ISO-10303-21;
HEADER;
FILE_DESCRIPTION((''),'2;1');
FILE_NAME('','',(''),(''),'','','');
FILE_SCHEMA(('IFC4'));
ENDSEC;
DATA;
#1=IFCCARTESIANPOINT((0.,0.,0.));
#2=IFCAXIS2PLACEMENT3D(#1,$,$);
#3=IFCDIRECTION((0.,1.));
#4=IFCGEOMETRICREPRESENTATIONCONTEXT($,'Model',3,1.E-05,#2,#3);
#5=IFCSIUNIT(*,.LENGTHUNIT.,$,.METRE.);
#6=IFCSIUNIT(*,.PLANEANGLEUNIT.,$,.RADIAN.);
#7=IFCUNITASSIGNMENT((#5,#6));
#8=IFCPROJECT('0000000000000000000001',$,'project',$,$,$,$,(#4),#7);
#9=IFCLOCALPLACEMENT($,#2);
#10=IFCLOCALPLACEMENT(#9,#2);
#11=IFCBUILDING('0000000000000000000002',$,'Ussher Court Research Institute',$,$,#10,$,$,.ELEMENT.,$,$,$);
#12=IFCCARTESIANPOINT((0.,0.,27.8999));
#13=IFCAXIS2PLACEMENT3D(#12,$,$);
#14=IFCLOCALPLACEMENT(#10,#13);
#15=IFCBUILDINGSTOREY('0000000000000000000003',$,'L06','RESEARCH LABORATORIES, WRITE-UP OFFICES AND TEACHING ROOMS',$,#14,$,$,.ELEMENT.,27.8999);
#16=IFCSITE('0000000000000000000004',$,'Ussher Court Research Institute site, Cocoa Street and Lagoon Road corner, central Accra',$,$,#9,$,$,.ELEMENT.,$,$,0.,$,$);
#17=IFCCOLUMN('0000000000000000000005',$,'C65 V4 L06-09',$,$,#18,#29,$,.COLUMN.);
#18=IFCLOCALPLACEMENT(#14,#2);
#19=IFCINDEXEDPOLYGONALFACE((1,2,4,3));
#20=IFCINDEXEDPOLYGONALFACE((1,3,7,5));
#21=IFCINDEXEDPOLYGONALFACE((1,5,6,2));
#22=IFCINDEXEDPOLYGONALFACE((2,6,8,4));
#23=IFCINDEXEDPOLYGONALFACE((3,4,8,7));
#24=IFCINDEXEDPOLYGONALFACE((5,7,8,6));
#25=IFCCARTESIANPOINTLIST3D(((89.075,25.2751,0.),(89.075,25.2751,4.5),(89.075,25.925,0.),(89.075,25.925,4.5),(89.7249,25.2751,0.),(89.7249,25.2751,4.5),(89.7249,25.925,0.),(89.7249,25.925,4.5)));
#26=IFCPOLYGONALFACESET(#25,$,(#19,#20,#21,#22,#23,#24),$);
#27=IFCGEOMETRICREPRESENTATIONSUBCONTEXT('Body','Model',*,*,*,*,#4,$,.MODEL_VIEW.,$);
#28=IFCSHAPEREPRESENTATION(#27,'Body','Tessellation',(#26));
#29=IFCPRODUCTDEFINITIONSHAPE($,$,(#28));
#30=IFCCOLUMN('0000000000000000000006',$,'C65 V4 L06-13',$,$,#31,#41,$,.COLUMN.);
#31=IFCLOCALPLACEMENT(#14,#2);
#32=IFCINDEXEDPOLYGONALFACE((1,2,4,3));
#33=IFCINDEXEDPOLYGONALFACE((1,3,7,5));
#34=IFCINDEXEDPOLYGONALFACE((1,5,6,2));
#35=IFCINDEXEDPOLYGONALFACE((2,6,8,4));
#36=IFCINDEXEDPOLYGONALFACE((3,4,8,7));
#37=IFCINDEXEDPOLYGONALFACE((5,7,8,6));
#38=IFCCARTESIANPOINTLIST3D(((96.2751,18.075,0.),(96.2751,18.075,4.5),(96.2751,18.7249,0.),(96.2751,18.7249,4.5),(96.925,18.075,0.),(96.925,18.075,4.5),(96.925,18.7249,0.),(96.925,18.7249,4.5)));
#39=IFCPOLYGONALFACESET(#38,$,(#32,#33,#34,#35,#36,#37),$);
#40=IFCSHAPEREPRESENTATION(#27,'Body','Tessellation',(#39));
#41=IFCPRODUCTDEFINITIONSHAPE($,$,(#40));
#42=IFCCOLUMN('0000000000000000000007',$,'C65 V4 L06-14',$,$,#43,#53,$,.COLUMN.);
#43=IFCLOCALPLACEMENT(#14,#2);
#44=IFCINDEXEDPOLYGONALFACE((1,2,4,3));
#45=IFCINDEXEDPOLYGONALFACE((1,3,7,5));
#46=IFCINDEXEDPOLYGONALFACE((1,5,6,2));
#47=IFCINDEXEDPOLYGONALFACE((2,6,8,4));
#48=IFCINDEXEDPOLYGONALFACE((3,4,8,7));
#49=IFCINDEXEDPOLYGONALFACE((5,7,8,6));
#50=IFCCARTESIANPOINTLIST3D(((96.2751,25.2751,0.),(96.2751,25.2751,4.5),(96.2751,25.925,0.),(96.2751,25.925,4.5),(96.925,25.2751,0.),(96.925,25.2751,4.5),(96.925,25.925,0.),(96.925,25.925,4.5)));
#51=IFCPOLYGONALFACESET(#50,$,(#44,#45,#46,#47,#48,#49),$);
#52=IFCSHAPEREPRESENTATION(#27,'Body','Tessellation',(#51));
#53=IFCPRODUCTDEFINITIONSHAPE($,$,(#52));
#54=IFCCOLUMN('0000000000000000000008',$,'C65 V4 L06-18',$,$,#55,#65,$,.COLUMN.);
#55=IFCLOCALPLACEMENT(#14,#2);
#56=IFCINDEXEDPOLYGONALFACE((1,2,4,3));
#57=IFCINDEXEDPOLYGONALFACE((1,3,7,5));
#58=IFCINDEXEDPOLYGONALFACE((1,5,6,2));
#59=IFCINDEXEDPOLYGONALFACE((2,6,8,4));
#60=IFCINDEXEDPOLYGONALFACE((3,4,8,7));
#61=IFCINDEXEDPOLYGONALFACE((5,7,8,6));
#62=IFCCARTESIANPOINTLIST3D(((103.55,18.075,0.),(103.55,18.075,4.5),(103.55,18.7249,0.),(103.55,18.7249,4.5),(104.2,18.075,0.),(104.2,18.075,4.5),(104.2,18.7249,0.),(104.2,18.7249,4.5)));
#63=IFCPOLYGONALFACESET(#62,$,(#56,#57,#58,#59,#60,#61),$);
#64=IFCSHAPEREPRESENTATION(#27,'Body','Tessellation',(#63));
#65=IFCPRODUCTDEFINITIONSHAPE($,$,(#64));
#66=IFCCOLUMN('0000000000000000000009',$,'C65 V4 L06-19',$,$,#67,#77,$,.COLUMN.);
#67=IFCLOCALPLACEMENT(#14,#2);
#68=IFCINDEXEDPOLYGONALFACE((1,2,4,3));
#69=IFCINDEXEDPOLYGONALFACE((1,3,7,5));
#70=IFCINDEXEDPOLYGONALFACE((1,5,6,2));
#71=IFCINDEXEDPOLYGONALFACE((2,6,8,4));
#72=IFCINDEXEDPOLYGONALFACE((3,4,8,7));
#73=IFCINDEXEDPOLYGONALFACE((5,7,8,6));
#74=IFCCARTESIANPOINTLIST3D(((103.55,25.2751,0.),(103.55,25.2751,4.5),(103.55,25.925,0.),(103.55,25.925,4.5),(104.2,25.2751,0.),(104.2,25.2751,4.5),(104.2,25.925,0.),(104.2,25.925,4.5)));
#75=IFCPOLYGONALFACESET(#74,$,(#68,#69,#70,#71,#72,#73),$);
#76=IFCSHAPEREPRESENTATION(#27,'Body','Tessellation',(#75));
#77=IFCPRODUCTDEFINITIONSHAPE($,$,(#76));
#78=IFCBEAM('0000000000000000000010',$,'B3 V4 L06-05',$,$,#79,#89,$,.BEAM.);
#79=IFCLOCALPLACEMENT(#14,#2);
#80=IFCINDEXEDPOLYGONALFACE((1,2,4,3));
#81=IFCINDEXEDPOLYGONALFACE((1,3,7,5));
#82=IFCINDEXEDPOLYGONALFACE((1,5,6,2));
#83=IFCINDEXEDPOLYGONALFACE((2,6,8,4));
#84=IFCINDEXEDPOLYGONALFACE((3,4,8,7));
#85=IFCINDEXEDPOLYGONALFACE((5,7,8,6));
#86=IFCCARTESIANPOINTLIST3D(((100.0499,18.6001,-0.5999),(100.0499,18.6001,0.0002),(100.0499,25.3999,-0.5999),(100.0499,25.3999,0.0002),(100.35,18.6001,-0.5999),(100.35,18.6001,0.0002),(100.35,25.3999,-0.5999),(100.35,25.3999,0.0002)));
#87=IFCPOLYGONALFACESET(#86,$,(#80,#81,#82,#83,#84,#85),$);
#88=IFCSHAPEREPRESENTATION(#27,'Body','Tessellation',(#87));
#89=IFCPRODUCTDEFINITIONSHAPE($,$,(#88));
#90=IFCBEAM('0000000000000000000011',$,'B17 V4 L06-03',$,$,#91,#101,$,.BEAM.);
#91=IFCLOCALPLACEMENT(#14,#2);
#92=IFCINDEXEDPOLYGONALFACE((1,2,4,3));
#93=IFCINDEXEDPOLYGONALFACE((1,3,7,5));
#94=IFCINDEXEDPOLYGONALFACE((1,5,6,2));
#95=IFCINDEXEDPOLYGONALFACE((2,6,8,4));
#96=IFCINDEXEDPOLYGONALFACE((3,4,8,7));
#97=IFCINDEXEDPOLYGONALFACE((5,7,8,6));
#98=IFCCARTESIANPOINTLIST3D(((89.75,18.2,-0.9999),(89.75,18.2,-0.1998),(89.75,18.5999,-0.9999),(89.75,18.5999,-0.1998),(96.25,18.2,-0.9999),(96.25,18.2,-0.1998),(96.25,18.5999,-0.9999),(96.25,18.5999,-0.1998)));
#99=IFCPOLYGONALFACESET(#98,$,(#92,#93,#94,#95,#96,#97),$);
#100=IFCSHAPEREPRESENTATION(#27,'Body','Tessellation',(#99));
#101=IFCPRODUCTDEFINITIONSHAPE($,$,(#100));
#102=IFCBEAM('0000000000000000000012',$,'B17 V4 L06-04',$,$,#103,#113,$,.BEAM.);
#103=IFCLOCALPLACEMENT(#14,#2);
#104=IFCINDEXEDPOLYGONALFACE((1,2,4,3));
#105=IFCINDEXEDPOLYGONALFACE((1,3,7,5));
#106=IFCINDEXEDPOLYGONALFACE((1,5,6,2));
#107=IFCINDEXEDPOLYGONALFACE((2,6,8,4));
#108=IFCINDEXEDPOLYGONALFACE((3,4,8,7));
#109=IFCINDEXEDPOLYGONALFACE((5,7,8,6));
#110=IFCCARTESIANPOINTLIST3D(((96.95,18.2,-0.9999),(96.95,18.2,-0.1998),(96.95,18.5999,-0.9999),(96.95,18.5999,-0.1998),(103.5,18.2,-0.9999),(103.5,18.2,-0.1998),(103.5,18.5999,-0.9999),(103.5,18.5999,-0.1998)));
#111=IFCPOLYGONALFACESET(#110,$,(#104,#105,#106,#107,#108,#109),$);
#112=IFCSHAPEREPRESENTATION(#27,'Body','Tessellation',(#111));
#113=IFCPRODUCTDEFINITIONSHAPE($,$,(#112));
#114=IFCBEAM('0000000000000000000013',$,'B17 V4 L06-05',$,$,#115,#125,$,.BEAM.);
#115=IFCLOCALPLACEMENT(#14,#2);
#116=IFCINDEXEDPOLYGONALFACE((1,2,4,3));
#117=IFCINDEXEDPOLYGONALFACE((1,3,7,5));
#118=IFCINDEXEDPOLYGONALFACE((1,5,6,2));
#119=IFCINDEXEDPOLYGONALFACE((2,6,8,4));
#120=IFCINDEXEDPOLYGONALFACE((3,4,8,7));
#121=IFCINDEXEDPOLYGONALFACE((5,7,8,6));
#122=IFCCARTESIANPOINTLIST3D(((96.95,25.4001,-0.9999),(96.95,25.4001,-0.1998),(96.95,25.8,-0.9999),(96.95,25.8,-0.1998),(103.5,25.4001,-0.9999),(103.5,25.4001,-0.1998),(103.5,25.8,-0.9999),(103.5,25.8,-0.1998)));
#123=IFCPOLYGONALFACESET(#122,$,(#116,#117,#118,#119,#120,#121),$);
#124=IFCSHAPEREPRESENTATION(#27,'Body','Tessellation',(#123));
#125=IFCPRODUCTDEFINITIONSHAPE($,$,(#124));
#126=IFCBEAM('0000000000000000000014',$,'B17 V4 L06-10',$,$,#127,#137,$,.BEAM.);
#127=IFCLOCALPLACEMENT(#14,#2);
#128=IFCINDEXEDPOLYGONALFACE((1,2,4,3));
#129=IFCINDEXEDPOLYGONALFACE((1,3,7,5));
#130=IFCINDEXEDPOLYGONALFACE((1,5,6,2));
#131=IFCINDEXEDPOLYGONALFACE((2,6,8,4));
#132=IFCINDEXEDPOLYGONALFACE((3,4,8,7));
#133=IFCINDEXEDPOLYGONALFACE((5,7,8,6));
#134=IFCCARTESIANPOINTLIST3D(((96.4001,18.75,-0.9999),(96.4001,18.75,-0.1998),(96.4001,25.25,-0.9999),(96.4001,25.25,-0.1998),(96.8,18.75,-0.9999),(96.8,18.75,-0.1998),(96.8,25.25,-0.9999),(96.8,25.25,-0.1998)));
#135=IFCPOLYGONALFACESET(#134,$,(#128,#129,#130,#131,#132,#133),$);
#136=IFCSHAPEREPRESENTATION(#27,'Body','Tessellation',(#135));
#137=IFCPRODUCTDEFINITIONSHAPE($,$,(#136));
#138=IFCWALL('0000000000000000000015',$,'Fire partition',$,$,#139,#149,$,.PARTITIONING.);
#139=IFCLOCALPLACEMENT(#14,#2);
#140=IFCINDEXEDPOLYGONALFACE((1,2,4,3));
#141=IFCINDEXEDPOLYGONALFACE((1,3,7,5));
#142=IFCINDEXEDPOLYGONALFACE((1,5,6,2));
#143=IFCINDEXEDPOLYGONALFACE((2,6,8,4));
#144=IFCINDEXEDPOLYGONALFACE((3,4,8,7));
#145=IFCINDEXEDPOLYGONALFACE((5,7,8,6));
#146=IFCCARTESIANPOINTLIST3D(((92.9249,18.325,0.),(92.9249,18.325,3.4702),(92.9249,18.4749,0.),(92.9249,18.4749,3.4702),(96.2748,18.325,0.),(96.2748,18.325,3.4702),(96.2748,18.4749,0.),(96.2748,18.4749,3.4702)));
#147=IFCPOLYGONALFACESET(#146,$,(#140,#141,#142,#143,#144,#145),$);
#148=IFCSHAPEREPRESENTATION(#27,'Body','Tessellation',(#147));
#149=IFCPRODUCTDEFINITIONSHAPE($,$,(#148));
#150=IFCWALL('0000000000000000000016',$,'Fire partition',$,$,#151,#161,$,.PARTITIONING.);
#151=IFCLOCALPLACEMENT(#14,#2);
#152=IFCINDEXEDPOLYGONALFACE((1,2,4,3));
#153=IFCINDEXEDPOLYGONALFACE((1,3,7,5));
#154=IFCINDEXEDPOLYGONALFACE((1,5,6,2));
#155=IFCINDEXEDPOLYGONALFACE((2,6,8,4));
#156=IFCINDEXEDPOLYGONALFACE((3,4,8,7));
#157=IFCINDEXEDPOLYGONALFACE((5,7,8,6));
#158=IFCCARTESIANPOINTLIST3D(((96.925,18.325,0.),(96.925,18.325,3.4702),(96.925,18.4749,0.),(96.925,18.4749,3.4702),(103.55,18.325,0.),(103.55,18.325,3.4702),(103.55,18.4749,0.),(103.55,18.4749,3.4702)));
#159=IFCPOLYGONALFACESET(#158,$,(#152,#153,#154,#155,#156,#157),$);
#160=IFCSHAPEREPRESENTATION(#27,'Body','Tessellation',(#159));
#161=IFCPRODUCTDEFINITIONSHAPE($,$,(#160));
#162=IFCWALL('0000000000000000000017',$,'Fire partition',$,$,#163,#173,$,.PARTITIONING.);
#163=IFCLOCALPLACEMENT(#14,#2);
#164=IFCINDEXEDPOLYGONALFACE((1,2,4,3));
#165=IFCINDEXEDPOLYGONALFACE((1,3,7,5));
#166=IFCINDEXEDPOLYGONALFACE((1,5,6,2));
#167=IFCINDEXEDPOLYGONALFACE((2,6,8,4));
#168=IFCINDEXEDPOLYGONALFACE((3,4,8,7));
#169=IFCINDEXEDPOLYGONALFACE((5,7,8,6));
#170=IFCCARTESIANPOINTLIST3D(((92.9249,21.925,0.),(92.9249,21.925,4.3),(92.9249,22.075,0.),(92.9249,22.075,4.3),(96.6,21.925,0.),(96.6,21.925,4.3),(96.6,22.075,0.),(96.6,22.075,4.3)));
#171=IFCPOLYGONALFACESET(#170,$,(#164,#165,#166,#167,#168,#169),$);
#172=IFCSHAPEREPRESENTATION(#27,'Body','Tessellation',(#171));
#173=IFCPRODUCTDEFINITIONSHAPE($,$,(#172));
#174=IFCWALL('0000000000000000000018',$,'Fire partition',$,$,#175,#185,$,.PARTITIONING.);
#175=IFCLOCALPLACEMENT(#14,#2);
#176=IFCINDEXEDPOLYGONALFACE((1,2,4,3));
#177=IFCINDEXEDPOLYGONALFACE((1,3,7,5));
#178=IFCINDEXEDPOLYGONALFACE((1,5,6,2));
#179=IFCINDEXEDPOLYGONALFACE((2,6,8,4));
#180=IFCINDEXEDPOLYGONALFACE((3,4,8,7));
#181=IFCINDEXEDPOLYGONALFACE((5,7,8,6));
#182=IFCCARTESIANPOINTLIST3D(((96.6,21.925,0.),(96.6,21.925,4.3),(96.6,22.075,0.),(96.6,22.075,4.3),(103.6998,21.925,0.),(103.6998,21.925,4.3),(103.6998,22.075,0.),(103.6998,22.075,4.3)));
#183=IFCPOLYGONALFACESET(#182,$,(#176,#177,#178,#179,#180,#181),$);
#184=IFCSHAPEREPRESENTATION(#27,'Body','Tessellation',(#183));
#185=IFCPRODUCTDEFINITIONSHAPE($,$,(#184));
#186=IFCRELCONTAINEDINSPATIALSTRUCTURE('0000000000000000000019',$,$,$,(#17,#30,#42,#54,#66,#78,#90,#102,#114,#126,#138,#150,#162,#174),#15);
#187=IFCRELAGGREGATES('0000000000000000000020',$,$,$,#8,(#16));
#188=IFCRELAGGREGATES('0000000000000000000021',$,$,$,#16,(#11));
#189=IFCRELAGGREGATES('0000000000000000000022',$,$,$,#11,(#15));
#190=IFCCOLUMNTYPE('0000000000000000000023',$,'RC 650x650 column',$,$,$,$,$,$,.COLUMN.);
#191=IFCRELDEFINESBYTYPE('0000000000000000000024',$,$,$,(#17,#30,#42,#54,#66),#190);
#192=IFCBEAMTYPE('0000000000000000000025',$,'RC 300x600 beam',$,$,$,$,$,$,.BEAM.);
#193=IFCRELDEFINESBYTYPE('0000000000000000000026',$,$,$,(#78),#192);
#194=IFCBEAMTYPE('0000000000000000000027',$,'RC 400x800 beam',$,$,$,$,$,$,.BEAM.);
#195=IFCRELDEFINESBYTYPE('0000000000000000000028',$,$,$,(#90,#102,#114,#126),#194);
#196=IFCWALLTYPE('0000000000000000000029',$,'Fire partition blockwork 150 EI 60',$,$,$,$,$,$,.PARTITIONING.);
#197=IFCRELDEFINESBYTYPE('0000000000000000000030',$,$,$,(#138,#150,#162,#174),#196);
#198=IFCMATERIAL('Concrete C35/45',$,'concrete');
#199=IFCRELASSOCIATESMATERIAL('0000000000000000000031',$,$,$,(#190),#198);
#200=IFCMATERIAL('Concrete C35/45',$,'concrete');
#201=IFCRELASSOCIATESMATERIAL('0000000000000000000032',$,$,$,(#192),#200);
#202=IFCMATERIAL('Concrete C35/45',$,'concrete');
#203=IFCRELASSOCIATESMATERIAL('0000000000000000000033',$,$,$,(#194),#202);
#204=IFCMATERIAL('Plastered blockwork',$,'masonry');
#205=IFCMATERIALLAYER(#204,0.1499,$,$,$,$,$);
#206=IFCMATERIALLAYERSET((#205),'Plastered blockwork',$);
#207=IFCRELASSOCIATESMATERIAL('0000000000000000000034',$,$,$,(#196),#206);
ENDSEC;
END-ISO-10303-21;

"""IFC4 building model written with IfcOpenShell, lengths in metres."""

from ifc_helpers import new_model, si_unit, direction, frame, frame_2d, origin, origin_2d, place, context, subcontext, project, spatial, rectangle, extrude, material, layer, layer_set, material_profile, profile_set, type_object, element, save


model = new_model("IFC4")

# Units and contexts
model_context = context("Model", 3, precision=1e-05, world=origin(), true_north=direction((0.0, 1.0)))
body_context = subcontext(model_context, "Body", "Model", "MODEL_VIEW")
ifc_project = project(units=[si_unit("LENGTHUNIT", "METRE"), si_unit("PLANEANGLEUNIT", "RADIAN")], contexts=[model_context])

# Site, building, storey
site_placement = place(None, origin())
site = spatial("IfcSite", under=ifc_project, at=site_placement, Name="Ussher Court Research Institute site, Cocoa Street and Lagoon Road corner, central Accra", CompositionType="ELEMENT", RefElevation=0.0)
building_placement = place(site_placement, origin())
building = spatial("IfcBuilding", under=site, at=building_placement, Name="Ussher Court Research Institute", CompositionType="ELEMENT")
storey_placement = place(building_placement, frame((0.0, 0.0, 27.8999)))
storey = spatial("IfcBuildingStorey", under=building, at=storey_placement, Name="L06", Description="RESEARCH LABORATORIES, WRITE-UP OFFICES AND TEACHING ROOMS", CompositionType="ELEMENT", Elevation=27.8999)

# Columns
ifc_material_1 = material(Name="Concrete C35/45", Category="concrete")
ifc_material_profile_1 = material_profile(ifc_material_1, rectangle(XDim=0.6499, YDim=0.6499, at=origin_2d()), Name="RC 650x650")
ifc_profile_set_1 = profile_set([ifc_material_profile_1], Name="Concrete C35/45")
column_type = type_object("IfcColumnType", Name="RC 650x650 column", PredefinedType="COLUMN", material=ifc_profile_set_1)
for number, where, z_axis, x_axis, name in (
    (1, (89.3999, 25.6001, 0.0), (0.0, 0.0, 1.0), (1.0, 0.0, 0.0), "C65 V4 L06-09"),
    (2, (96.6001, 18.3999, 0.0), (0.0, 0.0, 1.0), (1.0, 0.0, 0.0), "C65 V4 L06-13"),
    (3, (96.6001, 25.6001, 0.0), (0.0, 0.0, 1.0), (1.0, 0.0, 0.0), "C65 V4 L06-14"),
    (4, (103.875, 18.3999, 0.0), (0.0, 0.0, 1.0), (1.0, 0.0, 0.0), "C65 V4 L06-18"),
    (5, (103.875, 25.6001, 0.0), (0.0, 0.0, 1.0), (1.0, 0.0, 0.0), "C65 V4 L06-19"),
):
    element("IfcColumn", number, at=place(storey_placement, frame(where, z_axis=z_axis, x_axis=x_axis)), inside=storey, type_object=column_type, Name=name, PredefinedType="COLUMN", context=body_context, shape_type="SweptSolid", body=[
        extrude(rectangle(XDim=0.6499, YDim=0.6499, at=origin_2d()), origin(), (0.0, 0.0, 1.0), 4.5),
    ])

# Beams
ifc_material_2 = material(Name="Concrete C35/45", Category="concrete")
ifc_material_profile_2 = material_profile(ifc_material_2, rectangle(XDim=0.3, YDim=0.6001, at=origin_2d()), Name="RC 300x600")
ifc_profile_set_2 = profile_set([ifc_material_profile_2], Name="Concrete C35/45")
beam_type_1 = type_object("IfcBeamType", Name="RC 300x600 beam", PredefinedType="BEAM", material=ifc_profile_set_2)
beam_1_placement = place(storey_placement, frame((100.2, 18.6001, -0.2998), z_axis=(0.0, 1.0, 0.0), x_axis=(-1.0, 0.0, 0.0)))
element("IfcBeam", 6, at=beam_1_placement, inside=storey, type_object=beam_type_1, Name="B3 V4 L06-05", PredefinedType="BEAM", context=body_context, shape_type="SweptSolid", body=[
    extrude(rectangle(XDim=0.3, YDim=0.6001, at=origin_2d()), origin(), (0.0, 0.0, 1.0), 6.7998),
])
ifc_material_3 = material(Name="Concrete C35/45", Category="concrete")
ifc_material_profile_3 = material_profile(ifc_material_3, rectangle(XDim=0.3999, YDim=0.8, at=origin_2d()), Name="RC 400x800")
ifc_profile_set_3 = profile_set([ifc_material_profile_3], Name="Concrete C35/45")
beam_type_2 = type_object("IfcBeamType", Name="RC 400x800 beam", PredefinedType="BEAM", material=ifc_profile_set_3)
beam_2_placement = place(storey_placement, frame((89.75, 18.3999, -0.5999), z_axis=(1.0, 0.0, 0.0), x_axis=(0.0, 1.0, 0.0)))
element("IfcBeam", 7, at=beam_2_placement, inside=storey, type_object=beam_type_2, Name="B17 V4 L06-03", PredefinedType="BEAM", context=body_context, shape_type="SweptSolid", body=[
    extrude(rectangle(XDim=0.3999, YDim=0.8, at=origin_2d()), origin(), (0.0, 0.0, 1.0), 6.5),
])
for number, where, z_axis, x_axis, name in (
    (8, (96.95, 18.3999, -0.5999), (1.0, 0.0, 0.0), (0.0, 1.0, 0.0), "B17 V4 L06-04"),
    (9, (96.95, 25.6001, -0.5999), (1.0, 0.0, 0.0), (0.0, 1.0, 0.0), "B17 V4 L06-05"),
):
    element("IfcBeam", number, at=place(storey_placement, frame(where, z_axis=z_axis, x_axis=x_axis)), inside=storey, type_object=beam_type_2, Name=name, PredefinedType="BEAM", context=body_context, shape_type="SweptSolid", body=[
        extrude(rectangle(XDim=0.3999, YDim=0.8, at=origin_2d()), origin(), (0.0, 0.0, 1.0), 6.55),
    ])
beam_3_placement = place(storey_placement, frame((96.6001, 18.75, -0.5999), z_axis=(0.0, 1.0, 0.0), x_axis=(-1.0, 0.0, 0.0)))
element("IfcBeam", 10, at=beam_3_placement, inside=storey, type_object=beam_type_2, Name="B17 V4 L06-10", PredefinedType="BEAM", context=body_context, shape_type="SweptSolid", body=[
    extrude(rectangle(XDim=0.3999, YDim=0.8, at=origin_2d()), origin(), (0.0, 0.0, 1.0), 6.5),
])

# Walls
ifc_material_4 = material(Name="Plastered blockwork", Category="masonry")
ifc_layer_1 = layer(ifc_material_4, 0.1499)
ifc_layer_set_1 = layer_set([ifc_layer_1], Name="Plastered blockwork")
wall_type_1 = type_object("IfcWallType", Name="Fire partition blockwork 150 EI 60", PredefinedType="PARTITIONING", material=ifc_layer_set_1)
wall_1_placement = place(storey_placement, frame((92.925, 18.3999, 0.0), z_axis=(0.0, 0.0, 1.0), x_axis=(1.0, 0.0, 0.0)))
element("IfcWall", 11, at=wall_1_placement, inside=storey, type_object=wall_type_1, Name="Fire partition", PredefinedType="PARTITIONING", context=body_context, shape_type="SweptSolid", body=[
    extrude(rectangle(XDim=3.3499, YDim=0.1499, at=frame_2d((1.6748, 0.0))), origin(), (0.0, 0.0, 1.0), 3.4702),
])
wall_2_placement = place(storey_placement, frame((96.925, 18.3999, 0.0), z_axis=(0.0, 0.0, 1.0), x_axis=(1.0, 0.0, 0.0)))
element("IfcWall", 12, at=wall_2_placement, inside=storey, type_object=wall_type_1, Name="Fire partition", PredefinedType="PARTITIONING", context=body_context, shape_type="SweptSolid", body=[
    extrude(rectangle(XDim=6.625, YDim=0.1499, at=frame_2d((3.3125, 0.0))), origin(), (0.0, 0.0, 1.0), 3.4702),
])
wall_3_placement = place(storey_placement, frame((92.925, 22.0, 0.0), z_axis=(0.0, 0.0, 1.0), x_axis=(1.0, 0.0, 0.0)))
element("IfcWall", 13, at=wall_3_placement, inside=storey, type_object=wall_type_1, Name="Fire partition", PredefinedType="PARTITIONING", context=body_context, shape_type="SweptSolid", body=[
    extrude(rectangle(XDim=3.675, YDim=0.1499, at=frame_2d((1.8374, 0.0))), origin(), (0.0, 0.0, 1.0), 4.3),
])
wall_4_placement = place(storey_placement, frame((96.6001, 22.0, 0.0), z_axis=(0.0, 0.0, 1.0), x_axis=(1.0, 0.0, 0.0)))
element("IfcWall", 14, at=wall_4_placement, inside=storey, type_object=wall_type_1, Name="Fire partition", PredefinedType="PARTITIONING", context=body_context, shape_type="SweptSolid", body=[
    extrude(rectangle(XDim=7.0999, YDim=0.1499, at=frame_2d((3.5498, 0.0))), origin(), (0.0, 0.0, 1.0), 4.3),
])

save(model, "model.ifc")
